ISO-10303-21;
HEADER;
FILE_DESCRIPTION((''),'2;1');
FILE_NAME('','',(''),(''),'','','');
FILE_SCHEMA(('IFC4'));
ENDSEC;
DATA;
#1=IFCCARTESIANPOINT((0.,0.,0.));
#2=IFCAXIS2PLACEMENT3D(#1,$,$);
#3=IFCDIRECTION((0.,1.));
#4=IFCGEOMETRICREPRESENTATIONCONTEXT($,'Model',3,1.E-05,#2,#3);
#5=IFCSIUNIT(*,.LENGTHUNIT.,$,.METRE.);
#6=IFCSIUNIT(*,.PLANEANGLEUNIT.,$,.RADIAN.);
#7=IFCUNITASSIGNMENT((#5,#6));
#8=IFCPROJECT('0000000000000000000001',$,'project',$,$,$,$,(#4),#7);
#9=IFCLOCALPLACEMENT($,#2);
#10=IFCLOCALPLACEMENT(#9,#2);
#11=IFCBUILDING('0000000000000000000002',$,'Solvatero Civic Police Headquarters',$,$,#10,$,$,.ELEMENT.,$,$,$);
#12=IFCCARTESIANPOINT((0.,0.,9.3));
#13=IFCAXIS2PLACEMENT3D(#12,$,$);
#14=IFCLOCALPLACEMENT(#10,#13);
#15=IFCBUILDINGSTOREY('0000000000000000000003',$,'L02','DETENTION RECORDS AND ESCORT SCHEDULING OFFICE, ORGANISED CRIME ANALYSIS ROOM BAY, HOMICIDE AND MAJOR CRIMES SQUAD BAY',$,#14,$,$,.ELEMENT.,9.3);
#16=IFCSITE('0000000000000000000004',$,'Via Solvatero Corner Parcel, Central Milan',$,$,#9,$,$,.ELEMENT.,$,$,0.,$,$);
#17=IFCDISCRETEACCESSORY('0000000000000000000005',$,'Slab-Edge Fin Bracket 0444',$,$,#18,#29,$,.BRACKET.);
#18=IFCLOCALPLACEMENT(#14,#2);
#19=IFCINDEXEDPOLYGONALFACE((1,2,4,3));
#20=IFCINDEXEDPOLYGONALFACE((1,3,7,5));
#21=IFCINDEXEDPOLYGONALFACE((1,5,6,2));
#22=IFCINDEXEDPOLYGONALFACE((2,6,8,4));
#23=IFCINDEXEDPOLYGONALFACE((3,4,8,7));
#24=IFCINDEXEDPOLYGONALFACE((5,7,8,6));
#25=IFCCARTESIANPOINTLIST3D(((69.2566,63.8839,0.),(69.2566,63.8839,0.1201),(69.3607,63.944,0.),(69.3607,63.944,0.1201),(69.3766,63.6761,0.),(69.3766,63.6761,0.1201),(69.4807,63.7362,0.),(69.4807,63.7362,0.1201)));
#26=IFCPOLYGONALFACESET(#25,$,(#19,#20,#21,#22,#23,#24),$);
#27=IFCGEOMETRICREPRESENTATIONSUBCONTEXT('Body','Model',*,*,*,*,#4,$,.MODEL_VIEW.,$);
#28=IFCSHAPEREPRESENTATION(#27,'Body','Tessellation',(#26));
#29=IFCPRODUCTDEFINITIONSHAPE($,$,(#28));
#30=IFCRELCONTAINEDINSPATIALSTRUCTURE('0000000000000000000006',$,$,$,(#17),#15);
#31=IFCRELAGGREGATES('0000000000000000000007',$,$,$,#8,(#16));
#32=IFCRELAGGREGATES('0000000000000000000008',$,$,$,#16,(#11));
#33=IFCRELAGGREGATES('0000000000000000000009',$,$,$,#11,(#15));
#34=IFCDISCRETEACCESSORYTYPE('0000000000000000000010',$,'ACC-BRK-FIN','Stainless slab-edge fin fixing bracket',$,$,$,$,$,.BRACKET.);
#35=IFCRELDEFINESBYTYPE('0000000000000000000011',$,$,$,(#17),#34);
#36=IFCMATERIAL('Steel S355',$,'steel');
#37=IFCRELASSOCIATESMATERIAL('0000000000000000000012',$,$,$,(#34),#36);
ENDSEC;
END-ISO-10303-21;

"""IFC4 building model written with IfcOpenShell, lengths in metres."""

from ifc_helpers import new_model, si_unit, direction, frame, origin, origin_2d, place, context, subcontext, project, spatial, rectangle, extrude, material, type_object, element, save


model = new_model("IFC4")

# Units and contexts
model_context = context("Model", 3, precision=1e-05, world=origin(), true_north=direction((0.0, 1.0)))
body_context = subcontext(model_context, "Body", "Model", "MODEL_VIEW")
ifc_project = project(units=[si_unit("LENGTHUNIT", "METRE"), si_unit("PLANEANGLEUNIT", "RADIAN")], contexts=[model_context])

# Site, building, storey
site_placement = place(None, origin())
site = spatial("IfcSite", under=ifc_project, at=site_placement, Name="Via Solvatero Corner Parcel, Central Milan", CompositionType="ELEMENT", RefElevation=0.0)
building_placement = place(site_placement, origin())
building = spatial("IfcBuilding", under=site, at=building_placement, Name="Solvatero Civic Police Headquarters", CompositionType="ELEMENT")
storey_placement = place(building_placement, frame((0.0, 0.0, 9.3)))
storey = spatial("IfcBuildingStorey", under=building, at=storey_placement, Name="L02", Description="DETENTION RECORDS AND ESCORT SCHEDULING OFFICE, ORGANISED CRIME ANALYSIS ROOM BAY, HOMICIDE AND MAJOR CRIMES SQUAD BAY", CompositionType="ELEMENT", Elevation=9.3)

# Shared definitions
ifc_material_1 = material(Name="Steel S355", Category="steel")

# Discrete accessory
discrete_accessory_type = type_object("IfcDiscreteAccessoryType", Name="ACC-BRK-FIN", Description="Stainless slab-edge fin fixing bracket", PredefinedType="BRACKET", material=ifc_material_1)
for number, where, z_axis, x_axis, name in (
    (1, (69.3687, 63.8101, 0.0), (0.0, 0.0, 1.0), (-0.866025, -0.5, 0.0), "Slab-Edge Fin Bracket 0444"),
):
    element("IfcDiscreteAccessory", number, at=place(storey_placement, frame(where, z_axis=z_axis, x_axis=x_axis)), inside=storey, type_object=discrete_accessory_type, Name=name, PredefinedType="BRACKET", context=body_context, shape_type="SweptSolid", body=[
        extrude(rectangle(XDim=0.1201, YDim=0.24, at=origin_2d()), origin(), (0.0, 0.0, 1.0), 0.1201),
    ])

save(model, "model.ifc")
